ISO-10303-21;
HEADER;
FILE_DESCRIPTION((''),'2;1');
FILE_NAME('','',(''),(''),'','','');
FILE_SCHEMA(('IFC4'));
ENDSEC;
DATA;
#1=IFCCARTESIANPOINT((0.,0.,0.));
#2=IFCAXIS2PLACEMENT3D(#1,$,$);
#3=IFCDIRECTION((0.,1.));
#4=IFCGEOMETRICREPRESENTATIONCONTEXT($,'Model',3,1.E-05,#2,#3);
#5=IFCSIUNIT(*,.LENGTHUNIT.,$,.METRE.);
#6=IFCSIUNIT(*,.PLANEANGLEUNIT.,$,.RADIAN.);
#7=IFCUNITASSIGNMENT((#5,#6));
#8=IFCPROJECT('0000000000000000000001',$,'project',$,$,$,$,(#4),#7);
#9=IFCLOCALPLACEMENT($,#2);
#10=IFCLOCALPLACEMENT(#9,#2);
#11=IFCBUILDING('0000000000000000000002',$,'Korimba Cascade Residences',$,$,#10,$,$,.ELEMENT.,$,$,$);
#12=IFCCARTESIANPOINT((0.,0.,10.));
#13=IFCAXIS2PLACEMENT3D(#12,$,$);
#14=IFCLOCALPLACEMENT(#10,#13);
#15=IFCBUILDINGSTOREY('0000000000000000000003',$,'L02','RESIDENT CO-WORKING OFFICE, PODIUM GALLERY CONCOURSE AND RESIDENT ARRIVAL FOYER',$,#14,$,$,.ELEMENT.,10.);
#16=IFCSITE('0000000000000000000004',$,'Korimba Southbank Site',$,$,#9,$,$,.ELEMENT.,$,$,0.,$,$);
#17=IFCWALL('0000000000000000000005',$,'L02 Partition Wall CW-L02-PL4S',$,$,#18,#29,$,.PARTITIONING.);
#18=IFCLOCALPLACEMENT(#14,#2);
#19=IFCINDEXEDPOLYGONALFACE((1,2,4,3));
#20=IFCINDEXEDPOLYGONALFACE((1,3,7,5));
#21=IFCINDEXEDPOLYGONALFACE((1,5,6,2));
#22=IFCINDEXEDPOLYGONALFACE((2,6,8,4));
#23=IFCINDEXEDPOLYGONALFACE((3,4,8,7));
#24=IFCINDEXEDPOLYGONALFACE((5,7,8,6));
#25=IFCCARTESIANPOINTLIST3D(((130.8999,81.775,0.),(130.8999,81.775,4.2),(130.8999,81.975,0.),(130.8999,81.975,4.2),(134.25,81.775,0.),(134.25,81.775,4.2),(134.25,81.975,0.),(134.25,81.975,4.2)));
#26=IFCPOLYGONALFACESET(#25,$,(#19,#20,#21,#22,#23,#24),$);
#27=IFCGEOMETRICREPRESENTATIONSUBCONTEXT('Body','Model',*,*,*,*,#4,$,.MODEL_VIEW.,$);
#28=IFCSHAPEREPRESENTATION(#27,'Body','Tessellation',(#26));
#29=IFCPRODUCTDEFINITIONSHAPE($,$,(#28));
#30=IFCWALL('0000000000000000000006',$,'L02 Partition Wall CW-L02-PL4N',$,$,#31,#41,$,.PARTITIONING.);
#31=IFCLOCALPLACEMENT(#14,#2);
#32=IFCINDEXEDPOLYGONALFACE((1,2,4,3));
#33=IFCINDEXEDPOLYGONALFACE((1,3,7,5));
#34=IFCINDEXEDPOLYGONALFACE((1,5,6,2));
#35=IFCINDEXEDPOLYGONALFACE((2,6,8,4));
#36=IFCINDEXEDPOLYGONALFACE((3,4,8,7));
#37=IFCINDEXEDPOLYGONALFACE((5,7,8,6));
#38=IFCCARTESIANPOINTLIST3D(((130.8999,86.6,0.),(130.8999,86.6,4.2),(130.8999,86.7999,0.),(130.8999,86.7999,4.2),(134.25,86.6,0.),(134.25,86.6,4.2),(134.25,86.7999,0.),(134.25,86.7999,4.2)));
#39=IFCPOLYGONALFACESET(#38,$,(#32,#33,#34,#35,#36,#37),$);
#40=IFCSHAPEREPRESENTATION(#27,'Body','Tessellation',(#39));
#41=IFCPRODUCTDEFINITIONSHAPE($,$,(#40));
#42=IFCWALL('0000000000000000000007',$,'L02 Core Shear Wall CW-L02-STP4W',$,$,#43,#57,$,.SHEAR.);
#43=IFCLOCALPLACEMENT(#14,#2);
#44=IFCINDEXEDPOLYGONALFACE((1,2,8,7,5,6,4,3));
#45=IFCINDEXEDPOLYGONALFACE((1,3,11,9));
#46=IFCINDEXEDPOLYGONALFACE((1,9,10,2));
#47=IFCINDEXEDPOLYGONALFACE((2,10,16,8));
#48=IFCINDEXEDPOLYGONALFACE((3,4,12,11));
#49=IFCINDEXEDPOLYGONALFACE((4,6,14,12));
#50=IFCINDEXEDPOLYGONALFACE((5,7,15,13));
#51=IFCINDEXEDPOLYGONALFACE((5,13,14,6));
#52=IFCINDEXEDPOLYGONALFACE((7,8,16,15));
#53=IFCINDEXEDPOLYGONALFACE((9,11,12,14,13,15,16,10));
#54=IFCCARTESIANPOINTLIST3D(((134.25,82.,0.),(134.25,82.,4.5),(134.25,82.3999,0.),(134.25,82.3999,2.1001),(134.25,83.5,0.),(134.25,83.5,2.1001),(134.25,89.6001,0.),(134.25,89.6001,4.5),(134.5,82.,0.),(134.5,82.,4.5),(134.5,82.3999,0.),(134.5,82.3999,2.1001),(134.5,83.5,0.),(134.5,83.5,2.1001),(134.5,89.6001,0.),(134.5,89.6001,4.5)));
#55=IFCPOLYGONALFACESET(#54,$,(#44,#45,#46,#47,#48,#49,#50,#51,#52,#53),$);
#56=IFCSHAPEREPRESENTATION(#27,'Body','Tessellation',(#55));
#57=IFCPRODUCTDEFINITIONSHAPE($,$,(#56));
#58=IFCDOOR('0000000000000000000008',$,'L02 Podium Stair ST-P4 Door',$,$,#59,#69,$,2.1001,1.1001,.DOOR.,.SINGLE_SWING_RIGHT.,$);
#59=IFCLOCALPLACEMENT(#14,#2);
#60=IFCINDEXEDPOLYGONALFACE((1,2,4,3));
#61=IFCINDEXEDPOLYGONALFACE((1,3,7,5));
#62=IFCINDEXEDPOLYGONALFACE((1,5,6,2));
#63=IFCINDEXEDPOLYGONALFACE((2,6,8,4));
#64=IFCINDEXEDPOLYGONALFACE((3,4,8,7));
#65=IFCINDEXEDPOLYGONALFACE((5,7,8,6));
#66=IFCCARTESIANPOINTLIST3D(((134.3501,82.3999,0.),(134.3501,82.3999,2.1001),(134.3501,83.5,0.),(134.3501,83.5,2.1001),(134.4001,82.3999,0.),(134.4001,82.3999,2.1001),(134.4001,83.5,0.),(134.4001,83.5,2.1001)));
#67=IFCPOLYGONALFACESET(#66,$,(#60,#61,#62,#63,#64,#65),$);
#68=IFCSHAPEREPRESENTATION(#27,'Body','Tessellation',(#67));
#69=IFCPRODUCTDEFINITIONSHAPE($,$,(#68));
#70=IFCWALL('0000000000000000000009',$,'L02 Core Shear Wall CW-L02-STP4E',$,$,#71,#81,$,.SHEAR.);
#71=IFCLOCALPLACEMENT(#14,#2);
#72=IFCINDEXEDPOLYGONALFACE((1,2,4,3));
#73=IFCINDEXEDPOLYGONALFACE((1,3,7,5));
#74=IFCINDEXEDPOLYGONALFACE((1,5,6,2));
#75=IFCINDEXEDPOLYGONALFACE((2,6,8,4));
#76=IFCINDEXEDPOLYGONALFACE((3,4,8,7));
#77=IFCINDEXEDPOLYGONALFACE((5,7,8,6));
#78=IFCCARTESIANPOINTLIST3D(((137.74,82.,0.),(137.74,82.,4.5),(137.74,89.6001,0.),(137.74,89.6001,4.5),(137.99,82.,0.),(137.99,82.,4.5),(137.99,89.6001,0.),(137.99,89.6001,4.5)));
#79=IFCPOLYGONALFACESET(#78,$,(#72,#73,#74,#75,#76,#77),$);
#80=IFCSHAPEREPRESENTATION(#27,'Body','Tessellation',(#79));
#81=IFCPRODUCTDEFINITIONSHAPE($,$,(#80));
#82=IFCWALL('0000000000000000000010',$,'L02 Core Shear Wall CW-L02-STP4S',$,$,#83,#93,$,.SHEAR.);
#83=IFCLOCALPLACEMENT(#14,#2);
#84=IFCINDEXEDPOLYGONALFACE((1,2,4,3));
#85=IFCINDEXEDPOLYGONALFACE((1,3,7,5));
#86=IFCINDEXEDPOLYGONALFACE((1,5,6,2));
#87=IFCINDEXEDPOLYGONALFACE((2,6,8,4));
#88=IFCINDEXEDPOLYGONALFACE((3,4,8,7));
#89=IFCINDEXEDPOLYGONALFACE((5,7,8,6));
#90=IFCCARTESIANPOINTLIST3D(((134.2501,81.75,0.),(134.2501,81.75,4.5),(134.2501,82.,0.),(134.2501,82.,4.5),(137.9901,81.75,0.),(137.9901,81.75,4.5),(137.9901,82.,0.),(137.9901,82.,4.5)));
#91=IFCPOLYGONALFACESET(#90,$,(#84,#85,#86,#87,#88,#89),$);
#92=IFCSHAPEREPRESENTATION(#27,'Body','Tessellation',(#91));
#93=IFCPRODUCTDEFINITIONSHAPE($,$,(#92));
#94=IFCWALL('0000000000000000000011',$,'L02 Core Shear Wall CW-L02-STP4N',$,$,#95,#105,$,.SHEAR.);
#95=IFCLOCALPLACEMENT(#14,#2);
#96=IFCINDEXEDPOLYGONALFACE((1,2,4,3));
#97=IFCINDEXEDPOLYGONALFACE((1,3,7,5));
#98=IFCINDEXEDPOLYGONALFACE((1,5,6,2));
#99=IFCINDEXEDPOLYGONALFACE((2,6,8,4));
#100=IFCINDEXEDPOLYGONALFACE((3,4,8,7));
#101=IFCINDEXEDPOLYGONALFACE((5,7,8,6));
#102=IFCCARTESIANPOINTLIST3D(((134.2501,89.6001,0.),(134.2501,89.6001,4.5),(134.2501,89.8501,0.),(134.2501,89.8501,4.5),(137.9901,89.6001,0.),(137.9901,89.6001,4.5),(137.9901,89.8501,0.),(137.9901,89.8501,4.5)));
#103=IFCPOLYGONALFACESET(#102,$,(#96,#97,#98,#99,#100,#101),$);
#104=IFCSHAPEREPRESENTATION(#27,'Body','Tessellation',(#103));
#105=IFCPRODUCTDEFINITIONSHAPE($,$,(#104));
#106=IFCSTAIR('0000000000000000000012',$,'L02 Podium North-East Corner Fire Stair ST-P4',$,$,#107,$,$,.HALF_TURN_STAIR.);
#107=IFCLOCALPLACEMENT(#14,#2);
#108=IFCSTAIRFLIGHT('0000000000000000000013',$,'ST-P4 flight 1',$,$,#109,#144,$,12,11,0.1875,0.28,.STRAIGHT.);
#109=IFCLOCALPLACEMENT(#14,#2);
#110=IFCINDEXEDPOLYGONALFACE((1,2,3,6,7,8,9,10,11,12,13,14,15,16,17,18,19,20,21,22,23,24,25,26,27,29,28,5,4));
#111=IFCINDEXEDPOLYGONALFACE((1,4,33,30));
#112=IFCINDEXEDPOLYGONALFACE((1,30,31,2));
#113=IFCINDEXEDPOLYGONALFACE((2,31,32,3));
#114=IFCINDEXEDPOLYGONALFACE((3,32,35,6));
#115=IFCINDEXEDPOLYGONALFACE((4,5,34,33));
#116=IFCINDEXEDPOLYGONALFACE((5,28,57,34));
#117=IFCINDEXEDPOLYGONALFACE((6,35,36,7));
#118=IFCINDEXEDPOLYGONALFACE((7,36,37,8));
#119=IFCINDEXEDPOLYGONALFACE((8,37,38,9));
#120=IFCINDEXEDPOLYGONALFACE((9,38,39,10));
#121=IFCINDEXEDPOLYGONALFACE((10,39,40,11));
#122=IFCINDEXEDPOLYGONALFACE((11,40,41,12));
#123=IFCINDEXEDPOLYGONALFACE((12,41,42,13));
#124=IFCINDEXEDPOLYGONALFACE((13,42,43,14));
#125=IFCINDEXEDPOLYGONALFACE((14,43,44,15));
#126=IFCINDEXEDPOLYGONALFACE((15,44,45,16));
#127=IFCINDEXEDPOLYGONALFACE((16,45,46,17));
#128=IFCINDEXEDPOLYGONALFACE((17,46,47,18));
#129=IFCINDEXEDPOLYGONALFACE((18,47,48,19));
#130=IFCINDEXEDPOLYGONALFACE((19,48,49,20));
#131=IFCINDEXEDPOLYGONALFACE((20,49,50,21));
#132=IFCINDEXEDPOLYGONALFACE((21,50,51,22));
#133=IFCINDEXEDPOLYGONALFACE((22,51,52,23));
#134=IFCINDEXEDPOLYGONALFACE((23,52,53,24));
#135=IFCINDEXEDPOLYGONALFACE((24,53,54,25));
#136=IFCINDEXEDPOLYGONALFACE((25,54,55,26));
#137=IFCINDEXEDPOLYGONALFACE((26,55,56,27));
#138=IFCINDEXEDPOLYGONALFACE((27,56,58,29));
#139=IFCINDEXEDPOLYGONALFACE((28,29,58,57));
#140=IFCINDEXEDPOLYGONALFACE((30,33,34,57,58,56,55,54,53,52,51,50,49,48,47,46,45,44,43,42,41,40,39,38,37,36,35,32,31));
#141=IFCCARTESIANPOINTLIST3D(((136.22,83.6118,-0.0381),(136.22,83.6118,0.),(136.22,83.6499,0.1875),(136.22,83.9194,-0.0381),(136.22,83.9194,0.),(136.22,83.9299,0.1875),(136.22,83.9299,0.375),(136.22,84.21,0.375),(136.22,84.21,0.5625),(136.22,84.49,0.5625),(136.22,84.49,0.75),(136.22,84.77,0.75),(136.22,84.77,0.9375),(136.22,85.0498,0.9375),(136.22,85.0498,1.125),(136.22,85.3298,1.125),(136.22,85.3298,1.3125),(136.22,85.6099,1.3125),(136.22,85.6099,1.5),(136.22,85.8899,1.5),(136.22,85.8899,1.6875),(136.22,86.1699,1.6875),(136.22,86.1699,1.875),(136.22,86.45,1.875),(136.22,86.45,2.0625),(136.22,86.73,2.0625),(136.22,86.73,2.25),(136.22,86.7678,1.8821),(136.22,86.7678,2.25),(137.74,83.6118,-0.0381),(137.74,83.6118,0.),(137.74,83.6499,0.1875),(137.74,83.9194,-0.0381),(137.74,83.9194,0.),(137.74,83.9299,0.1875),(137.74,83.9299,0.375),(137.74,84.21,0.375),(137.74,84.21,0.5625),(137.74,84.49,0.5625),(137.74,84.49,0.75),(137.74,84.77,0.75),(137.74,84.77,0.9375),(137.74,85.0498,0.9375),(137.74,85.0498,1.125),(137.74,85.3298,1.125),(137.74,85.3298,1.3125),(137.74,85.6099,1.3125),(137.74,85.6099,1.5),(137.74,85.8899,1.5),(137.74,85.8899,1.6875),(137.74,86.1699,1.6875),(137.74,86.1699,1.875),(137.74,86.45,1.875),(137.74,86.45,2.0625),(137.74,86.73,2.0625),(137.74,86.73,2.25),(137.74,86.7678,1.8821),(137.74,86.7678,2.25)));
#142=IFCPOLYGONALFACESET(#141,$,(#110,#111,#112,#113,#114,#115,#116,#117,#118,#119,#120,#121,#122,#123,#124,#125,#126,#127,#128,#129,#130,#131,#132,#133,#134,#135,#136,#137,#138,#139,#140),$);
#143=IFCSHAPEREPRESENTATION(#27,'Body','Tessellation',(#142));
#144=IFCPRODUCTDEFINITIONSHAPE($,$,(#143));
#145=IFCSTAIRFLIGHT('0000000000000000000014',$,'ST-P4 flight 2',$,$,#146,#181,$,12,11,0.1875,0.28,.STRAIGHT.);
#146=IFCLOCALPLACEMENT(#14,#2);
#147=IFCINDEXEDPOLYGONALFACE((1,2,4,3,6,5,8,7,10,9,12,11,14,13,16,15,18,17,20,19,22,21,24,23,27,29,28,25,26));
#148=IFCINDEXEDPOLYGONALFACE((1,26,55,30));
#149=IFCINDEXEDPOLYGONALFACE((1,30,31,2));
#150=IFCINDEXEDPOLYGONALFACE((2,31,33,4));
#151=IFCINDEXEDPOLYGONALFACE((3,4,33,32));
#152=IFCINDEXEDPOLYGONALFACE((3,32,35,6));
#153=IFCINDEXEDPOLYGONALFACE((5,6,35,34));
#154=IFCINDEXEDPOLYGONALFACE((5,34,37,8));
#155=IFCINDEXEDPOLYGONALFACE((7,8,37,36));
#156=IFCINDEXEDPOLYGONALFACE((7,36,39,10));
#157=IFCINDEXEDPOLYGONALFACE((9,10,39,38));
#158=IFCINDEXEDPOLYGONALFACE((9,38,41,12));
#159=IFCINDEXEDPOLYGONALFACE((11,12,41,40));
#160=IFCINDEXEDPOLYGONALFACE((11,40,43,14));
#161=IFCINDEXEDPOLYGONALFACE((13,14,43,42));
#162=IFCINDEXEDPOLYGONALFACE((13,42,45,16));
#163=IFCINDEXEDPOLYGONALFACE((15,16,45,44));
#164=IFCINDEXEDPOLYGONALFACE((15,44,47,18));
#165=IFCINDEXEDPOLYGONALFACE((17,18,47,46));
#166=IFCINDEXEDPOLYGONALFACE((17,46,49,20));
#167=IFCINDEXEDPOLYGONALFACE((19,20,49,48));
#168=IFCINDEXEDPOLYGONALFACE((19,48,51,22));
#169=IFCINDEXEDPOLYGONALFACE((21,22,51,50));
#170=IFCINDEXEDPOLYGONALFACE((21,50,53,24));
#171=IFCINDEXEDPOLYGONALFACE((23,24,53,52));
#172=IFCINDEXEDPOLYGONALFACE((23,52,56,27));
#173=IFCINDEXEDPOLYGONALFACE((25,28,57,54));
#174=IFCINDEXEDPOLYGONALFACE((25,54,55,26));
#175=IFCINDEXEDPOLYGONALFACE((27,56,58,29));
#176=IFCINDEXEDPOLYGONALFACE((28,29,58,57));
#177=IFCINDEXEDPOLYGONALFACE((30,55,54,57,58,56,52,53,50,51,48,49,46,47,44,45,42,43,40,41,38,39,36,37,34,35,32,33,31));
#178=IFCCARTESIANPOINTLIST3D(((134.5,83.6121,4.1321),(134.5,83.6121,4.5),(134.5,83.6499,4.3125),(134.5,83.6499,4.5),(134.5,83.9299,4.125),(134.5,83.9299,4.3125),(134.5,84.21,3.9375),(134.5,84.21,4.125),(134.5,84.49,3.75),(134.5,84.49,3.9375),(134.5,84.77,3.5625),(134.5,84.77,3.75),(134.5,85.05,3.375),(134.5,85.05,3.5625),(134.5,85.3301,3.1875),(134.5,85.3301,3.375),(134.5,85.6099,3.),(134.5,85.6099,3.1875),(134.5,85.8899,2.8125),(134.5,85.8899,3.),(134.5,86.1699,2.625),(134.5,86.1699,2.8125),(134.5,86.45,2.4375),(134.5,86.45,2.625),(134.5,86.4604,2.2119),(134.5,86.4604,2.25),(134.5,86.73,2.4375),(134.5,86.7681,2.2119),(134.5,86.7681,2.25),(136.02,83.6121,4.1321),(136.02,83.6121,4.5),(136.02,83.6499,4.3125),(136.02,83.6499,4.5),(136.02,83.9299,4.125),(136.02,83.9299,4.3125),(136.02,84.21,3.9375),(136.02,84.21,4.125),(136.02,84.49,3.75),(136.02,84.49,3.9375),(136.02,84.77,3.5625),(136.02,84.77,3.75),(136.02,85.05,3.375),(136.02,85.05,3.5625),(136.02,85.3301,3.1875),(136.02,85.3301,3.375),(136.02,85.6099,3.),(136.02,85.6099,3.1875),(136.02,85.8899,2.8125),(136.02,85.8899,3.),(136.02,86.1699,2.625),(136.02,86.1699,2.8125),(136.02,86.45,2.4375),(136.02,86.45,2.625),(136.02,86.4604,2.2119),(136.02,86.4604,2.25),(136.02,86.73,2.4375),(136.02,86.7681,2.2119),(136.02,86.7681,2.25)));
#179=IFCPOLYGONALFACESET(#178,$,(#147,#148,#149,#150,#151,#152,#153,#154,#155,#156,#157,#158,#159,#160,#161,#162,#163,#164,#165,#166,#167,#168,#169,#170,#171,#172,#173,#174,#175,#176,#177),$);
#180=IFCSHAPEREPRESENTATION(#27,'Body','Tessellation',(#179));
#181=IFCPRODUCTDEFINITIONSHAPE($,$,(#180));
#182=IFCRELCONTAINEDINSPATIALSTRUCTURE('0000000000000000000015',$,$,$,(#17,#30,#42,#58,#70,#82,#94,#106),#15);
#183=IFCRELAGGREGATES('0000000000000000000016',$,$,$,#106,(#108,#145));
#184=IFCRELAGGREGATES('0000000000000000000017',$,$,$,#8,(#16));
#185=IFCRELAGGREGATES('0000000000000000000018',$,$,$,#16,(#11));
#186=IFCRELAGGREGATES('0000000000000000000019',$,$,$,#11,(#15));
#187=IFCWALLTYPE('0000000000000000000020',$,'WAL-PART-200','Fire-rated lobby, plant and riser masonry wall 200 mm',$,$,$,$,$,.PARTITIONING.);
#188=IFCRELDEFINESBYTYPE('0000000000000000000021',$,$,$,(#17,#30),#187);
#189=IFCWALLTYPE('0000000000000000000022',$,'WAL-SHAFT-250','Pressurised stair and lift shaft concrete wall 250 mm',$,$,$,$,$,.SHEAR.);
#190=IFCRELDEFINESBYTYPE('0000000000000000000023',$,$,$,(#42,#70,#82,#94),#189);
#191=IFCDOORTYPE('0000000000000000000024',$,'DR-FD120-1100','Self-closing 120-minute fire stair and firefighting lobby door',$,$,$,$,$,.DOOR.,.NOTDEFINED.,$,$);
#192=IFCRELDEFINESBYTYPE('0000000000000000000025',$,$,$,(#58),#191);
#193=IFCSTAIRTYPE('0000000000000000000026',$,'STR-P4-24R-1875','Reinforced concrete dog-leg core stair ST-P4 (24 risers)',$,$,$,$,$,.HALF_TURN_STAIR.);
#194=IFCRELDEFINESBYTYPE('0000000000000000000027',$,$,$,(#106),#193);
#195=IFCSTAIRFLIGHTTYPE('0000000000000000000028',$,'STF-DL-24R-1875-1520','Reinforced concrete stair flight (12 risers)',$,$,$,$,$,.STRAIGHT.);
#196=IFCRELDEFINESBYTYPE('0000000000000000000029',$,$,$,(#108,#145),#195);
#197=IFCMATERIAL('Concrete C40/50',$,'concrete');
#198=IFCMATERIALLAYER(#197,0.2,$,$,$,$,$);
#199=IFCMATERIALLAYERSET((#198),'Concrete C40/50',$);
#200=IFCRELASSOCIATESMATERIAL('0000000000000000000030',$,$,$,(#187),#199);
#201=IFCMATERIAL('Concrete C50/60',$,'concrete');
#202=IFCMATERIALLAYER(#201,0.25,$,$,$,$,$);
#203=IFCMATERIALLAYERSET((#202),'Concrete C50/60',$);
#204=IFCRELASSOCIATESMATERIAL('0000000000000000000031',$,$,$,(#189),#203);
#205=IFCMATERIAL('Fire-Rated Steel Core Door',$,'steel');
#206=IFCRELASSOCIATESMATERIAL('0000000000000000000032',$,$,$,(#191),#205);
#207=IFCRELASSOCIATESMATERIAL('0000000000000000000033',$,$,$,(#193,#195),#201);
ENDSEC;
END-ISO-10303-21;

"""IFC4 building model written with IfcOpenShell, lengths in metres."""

from ifc_helpers import new_model, si_unit, direction, frame, frame_2d, origin, place, context, subcontext, project, spatial, polyline, rectangle, outline, extrude, material, layer, layer_set, type_object, element, fill, aggregate, save


model = new_model("IFC4")

# Units and contexts
model_context = context("Model", 3, precision=1e-05, world=origin(), true_north=direction((0.0, 1.0)))
body_context = subcontext(model_context, "Body", "Model", "MODEL_VIEW")
ifc_project = project(units=[si_unit("LENGTHUNIT", "METRE"), si_unit("PLANEANGLEUNIT", "RADIAN")], contexts=[model_context])

# Site, building, storey
site_placement = place(None, origin())
site = spatial("IfcSite", under=ifc_project, at=site_placement, Name="Korimba Southbank Site", CompositionType="ELEMENT", RefElevation=0.0)
building_placement = place(site_placement, origin())
building = spatial("IfcBuilding", under=site, at=building_placement, Name="Korimba Cascade Residences", CompositionType="ELEMENT")
storey_placement = place(building_placement, frame((0.0, 0.0, 10.0)))
storey = spatial("IfcBuildingStorey", under=building, at=storey_placement, Name="L02", Description="RESIDENT CO-WORKING OFFICE, PODIUM GALLERY CONCOURSE AND RESIDENT ARRIVAL FOYER", CompositionType="ELEMENT", Elevation=10.0)

# Shared definitions
ifc_material_1 = material(Name="Concrete C50/60", Category="concrete")

# Shared definitions
ifc_material_2 = material(Name="Concrete C40/50", Category="concrete")
ifc_layer_1 = layer(ifc_material_2, 0.2)
ifc_layer_set_1 = layer_set([ifc_layer_1], Name="Concrete C40/50")
wall_type_1 = type_object("IfcWallType", Name="WAL-PART-200", Description="Fire-rated lobby, plant and riser masonry wall 200 mm", PredefinedType="PARTITIONING", material=ifc_layer_set_1)

# Walls
for number, where, z_axis, x_axis, name in (
    (1, (130.8999, 81.875, 0.0), (0.0, 0.0, 1.0), (1.0, 0.0, 0.0), "L02 Partition Wall CW-L02-PL4S"),
    (2, (130.8999, 86.7, 0.0), (0.0, 0.0, 1.0), (1.0, 0.0, 0.0), "L02 Partition Wall CW-L02-PL4N"),
):
    element("IfcWall", number, at=place(storey_placement, frame(where, z_axis=z_axis, x_axis=x_axis)), inside=storey, type_object=wall_type_1, Name=name, PredefinedType="PARTITIONING", context=body_context, shape_type="SweptSolid", body=[
        extrude(rectangle(XDim=3.3501, YDim=0.2, at=frame_2d((1.675, 0.0))), origin(), (0.0, 0.0, 1.0), 4.2),
    ])

# Wall, opening, door
ifc_layer_2 = layer(ifc_material_1, 0.25)
ifc_layer_set_2 = layer_set([ifc_layer_2], Name="Concrete C50/60")
wall_type_2 = type_object("IfcWallType", Name="WAL-SHAFT-250", Description="Pressurised stair and lift shaft concrete wall 250 mm", PredefinedType="SHEAR", material=ifc_layer_set_2)
wall_1_placement = place(storey_placement, frame((134.375, 82.0, 0.0), z_axis=(0.0, 0.0, 1.0), x_axis=(0.0, 1.0, 0.0)))
wall_1 = element("IfcWall", 3, at=wall_1_placement, inside=storey, type_object=wall_type_2, Name="L02 Core Shear Wall CW-L02-STP4W", PredefinedType="SHEAR", context=body_context, shape_type="SweptSolid", body=[
    extrude(rectangle(XDim=7.6001, YDim=0.25, at=frame_2d((3.8, 0.0))), origin(), (0.0, 0.0, 1.0), 4.5),
])
opening_1_placement = place(wall_1_placement, frame((0.3999, 0.0, 0.0)))
opening_1 = element("IfcOpeningElement", 4, at=opening_1_placement, cuts=wall_1, PredefinedType="OPENING", context=body_context, shape_type="SweptSolid", body=[
    extrude(rectangle(XDim=1.1001, YDim=2.1001, at=frame_2d((0.55, 1.05))), frame((0.0, 0.135, 0.0), z_axis=(0.0, -1.0, 0.0), x_axis=(1.0, 0.0, 0.0)), (0.0, 0.0, 1.0), 0.27),
])
ifc_material_3 = material(Name="Fire-Rated Steel Core Door", Category="steel")
door_type_1 = type_object("IfcDoorType", Name="DR-FD120-1100", Description="Self-closing 120-minute fire stair and firefighting lobby door", OperationType="NOTDEFINED", PredefinedType="DOOR", material=ifc_material_3)
door_1_placement = place(opening_1_placement, origin())
door_1 = element("IfcDoor", 5, at=door_1_placement, inside=storey, type_object=door_type_1, Name="L02 Podium Stair ST-P4 Door", OperationType="SINGLE_SWING_RIGHT", OverallHeight=2.1001, OverallWidth=1.1001, PredefinedType="DOOR", context=body_context, shape_type="SweptSolid", body=[
    extrude(rectangle(XDim=1.1001, YDim=2.1001, at=frame_2d((0.55, 1.05))), frame((0.0, 0.0249, 0.0), z_axis=(0.0, -1.0, 0.0), x_axis=(1.0, 0.0, 0.0)), (0.0, 0.0, 1.0), 0.05),
])
fill(opening_1, door_1)

# Walls
wall_2_placement = place(storey_placement, frame((137.865, 82.0, 0.0), z_axis=(0.0, 0.0, 1.0), x_axis=(0.0, 1.0, 0.0)))
element("IfcWall", 6, at=wall_2_placement, inside=storey, type_object=wall_type_2, Name="L02 Core Shear Wall CW-L02-STP4E", PredefinedType="SHEAR", context=body_context, shape_type="SweptSolid", body=[
    extrude(rectangle(XDim=7.6001, YDim=0.25, at=frame_2d((3.8, 0.0))), origin(), (0.0, 0.0, 1.0), 4.5),
])
for number, where, z_axis, x_axis, name in (
    (7, (134.25, 81.875, 0.0), (0.0, 0.0, 1.0), (1.0, 0.0, 0.0), "L02 Core Shear Wall CW-L02-STP4S"),
    (8, (134.25, 89.7251, 0.0), (0.0, 0.0, 1.0), (1.0, 0.0, 0.0), "L02 Core Shear Wall CW-L02-STP4N"),
):
    element("IfcWall", number, at=place(storey_placement, frame(where, z_axis=z_axis, x_axis=x_axis)), inside=storey, type_object=wall_type_2, Name=name, PredefinedType="SHEAR", context=body_context, shape_type="SweptSolid", body=[
        extrude(rectangle(XDim=3.74, YDim=0.25, at=frame_2d((1.8701, 0.0))), origin(), (0.0, 0.0, 1.0), 4.5),
    ])

# Stair, stair flights
stair_type = type_object("IfcStairType", Name="STR-P4-24R-1875", Description="Reinforced concrete dog-leg core stair ST-P4 (24 risers)", PredefinedType="HALF_TURN_STAIR", material=ifc_material_1)
stair_placement = place(storey_placement, origin())
stair = element("IfcStair", 9, at=stair_placement, inside=storey, type_object=stair_type, Name="L02 Podium North-East Corner Fire Stair ST-P4", PredefinedType="HALF_TURN_STAIR")
stair_flight_type = type_object("IfcStairFlightType", Name="STF-DL-24R-1875-1520", Description="Reinforced concrete stair flight (12 risers)", PredefinedType="STRAIGHT", material=ifc_material_1)
stair_flight_1_placement = place(storey_placement, frame((136.98, 83.6499, 0.0), z_axis=(0.0, 0.0, 1.0), x_axis=(0.0, 1.0, 0.0)))
stair_flight_1 = element("IfcStairFlight", 10, at=stair_flight_1_placement, type_object=stair_flight_type, Name="ST-P4 flight 1", NumberOfRisers=12, NumberOfTreads=11, PredefinedType="STRAIGHT", RiserHeight=0.1875, TreadLength=0.28, context=body_context, shape_type="SweptSolid", body=[
    extrude(outline(polyline([(-0.0381, 0.0), (0.0, 0.1875), (0.28, 0.1875), (0.28, 0.375), (0.5601, 0.375), (0.5601, 0.5625), (0.8401, 0.5625), (0.8401, 0.75), (1.1201, 0.75), (1.1201, 0.9375), (1.3999, 0.9375), (1.3999, 1.125), (1.6799, 1.125), (1.6799, 1.3125), (1.96, 1.3125), (1.96, 1.5), (2.24, 1.5), (2.24, 1.6875), (2.52, 1.6875), (2.52, 1.875), (2.8, 1.875), (2.8, 2.0625), (3.0801, 2.0625), (3.0801, 2.25), (3.1179, 2.25), (3.1179, 1.8821), (0.2695, 0.0), (0.2695, -0.0381), (-0.0381, -0.0381), (-0.0381, 0.0)])), frame((0.0, 0.76, 0.0), z_axis=(0.0, -1.0, 0.0), x_axis=(1.0, 0.0, 0.0)), (0.0, 0.0, 1.0), 1.52),
])
stair_flight_2_placement = place(storey_placement, frame((135.26, 86.73, 2.25), z_axis=(0.0, 0.0, 1.0), x_axis=(0.0, -1.0, 0.0)))
stair_flight_2 = element("IfcStairFlight", 11, at=stair_flight_2_placement, type_object=stair_flight_type, Name="ST-P4 flight 2", NumberOfRisers=12, NumberOfTreads=11, PredefinedType="STRAIGHT", RiserHeight=0.1875, TreadLength=0.28, context=body_context, shape_type="SweptSolid", body=[
    extrude(outline(polyline([(-0.0381, 0.0), (0.0, 0.1875), (0.28, 0.1875), (0.28, 0.375), (0.5601, 0.375), (0.5601, 0.5625), (0.8401, 0.5625), (0.8401, 0.75), (1.1201, 0.75), (1.1201, 0.9375), (1.3999, 0.9375), (1.3999, 1.125), (1.6799, 1.125), (1.6799, 1.3125), (1.96, 1.3125), (1.96, 1.5), (2.24, 1.5), (2.24, 1.6875), (2.52, 1.6875), (2.52, 1.875), (2.8, 1.875), (2.8, 2.0625), (3.0801, 2.0625), (3.0801, 2.25), (3.1179, 2.25), (3.1179, 1.8821), (0.2695, 0.0), (0.2695, -0.0381), (-0.0381, -0.0381), (-0.0381, 0.0)])), frame((0.0, 0.76, 0.0), z_axis=(0.0, -1.0, 0.0), x_axis=(1.0, 0.0, 0.0)), (0.0, 0.0, 1.0), 1.52),
])
aggregate(stair, [stair_flight_1, stair_flight_2])

save(model, "model.ifc")
